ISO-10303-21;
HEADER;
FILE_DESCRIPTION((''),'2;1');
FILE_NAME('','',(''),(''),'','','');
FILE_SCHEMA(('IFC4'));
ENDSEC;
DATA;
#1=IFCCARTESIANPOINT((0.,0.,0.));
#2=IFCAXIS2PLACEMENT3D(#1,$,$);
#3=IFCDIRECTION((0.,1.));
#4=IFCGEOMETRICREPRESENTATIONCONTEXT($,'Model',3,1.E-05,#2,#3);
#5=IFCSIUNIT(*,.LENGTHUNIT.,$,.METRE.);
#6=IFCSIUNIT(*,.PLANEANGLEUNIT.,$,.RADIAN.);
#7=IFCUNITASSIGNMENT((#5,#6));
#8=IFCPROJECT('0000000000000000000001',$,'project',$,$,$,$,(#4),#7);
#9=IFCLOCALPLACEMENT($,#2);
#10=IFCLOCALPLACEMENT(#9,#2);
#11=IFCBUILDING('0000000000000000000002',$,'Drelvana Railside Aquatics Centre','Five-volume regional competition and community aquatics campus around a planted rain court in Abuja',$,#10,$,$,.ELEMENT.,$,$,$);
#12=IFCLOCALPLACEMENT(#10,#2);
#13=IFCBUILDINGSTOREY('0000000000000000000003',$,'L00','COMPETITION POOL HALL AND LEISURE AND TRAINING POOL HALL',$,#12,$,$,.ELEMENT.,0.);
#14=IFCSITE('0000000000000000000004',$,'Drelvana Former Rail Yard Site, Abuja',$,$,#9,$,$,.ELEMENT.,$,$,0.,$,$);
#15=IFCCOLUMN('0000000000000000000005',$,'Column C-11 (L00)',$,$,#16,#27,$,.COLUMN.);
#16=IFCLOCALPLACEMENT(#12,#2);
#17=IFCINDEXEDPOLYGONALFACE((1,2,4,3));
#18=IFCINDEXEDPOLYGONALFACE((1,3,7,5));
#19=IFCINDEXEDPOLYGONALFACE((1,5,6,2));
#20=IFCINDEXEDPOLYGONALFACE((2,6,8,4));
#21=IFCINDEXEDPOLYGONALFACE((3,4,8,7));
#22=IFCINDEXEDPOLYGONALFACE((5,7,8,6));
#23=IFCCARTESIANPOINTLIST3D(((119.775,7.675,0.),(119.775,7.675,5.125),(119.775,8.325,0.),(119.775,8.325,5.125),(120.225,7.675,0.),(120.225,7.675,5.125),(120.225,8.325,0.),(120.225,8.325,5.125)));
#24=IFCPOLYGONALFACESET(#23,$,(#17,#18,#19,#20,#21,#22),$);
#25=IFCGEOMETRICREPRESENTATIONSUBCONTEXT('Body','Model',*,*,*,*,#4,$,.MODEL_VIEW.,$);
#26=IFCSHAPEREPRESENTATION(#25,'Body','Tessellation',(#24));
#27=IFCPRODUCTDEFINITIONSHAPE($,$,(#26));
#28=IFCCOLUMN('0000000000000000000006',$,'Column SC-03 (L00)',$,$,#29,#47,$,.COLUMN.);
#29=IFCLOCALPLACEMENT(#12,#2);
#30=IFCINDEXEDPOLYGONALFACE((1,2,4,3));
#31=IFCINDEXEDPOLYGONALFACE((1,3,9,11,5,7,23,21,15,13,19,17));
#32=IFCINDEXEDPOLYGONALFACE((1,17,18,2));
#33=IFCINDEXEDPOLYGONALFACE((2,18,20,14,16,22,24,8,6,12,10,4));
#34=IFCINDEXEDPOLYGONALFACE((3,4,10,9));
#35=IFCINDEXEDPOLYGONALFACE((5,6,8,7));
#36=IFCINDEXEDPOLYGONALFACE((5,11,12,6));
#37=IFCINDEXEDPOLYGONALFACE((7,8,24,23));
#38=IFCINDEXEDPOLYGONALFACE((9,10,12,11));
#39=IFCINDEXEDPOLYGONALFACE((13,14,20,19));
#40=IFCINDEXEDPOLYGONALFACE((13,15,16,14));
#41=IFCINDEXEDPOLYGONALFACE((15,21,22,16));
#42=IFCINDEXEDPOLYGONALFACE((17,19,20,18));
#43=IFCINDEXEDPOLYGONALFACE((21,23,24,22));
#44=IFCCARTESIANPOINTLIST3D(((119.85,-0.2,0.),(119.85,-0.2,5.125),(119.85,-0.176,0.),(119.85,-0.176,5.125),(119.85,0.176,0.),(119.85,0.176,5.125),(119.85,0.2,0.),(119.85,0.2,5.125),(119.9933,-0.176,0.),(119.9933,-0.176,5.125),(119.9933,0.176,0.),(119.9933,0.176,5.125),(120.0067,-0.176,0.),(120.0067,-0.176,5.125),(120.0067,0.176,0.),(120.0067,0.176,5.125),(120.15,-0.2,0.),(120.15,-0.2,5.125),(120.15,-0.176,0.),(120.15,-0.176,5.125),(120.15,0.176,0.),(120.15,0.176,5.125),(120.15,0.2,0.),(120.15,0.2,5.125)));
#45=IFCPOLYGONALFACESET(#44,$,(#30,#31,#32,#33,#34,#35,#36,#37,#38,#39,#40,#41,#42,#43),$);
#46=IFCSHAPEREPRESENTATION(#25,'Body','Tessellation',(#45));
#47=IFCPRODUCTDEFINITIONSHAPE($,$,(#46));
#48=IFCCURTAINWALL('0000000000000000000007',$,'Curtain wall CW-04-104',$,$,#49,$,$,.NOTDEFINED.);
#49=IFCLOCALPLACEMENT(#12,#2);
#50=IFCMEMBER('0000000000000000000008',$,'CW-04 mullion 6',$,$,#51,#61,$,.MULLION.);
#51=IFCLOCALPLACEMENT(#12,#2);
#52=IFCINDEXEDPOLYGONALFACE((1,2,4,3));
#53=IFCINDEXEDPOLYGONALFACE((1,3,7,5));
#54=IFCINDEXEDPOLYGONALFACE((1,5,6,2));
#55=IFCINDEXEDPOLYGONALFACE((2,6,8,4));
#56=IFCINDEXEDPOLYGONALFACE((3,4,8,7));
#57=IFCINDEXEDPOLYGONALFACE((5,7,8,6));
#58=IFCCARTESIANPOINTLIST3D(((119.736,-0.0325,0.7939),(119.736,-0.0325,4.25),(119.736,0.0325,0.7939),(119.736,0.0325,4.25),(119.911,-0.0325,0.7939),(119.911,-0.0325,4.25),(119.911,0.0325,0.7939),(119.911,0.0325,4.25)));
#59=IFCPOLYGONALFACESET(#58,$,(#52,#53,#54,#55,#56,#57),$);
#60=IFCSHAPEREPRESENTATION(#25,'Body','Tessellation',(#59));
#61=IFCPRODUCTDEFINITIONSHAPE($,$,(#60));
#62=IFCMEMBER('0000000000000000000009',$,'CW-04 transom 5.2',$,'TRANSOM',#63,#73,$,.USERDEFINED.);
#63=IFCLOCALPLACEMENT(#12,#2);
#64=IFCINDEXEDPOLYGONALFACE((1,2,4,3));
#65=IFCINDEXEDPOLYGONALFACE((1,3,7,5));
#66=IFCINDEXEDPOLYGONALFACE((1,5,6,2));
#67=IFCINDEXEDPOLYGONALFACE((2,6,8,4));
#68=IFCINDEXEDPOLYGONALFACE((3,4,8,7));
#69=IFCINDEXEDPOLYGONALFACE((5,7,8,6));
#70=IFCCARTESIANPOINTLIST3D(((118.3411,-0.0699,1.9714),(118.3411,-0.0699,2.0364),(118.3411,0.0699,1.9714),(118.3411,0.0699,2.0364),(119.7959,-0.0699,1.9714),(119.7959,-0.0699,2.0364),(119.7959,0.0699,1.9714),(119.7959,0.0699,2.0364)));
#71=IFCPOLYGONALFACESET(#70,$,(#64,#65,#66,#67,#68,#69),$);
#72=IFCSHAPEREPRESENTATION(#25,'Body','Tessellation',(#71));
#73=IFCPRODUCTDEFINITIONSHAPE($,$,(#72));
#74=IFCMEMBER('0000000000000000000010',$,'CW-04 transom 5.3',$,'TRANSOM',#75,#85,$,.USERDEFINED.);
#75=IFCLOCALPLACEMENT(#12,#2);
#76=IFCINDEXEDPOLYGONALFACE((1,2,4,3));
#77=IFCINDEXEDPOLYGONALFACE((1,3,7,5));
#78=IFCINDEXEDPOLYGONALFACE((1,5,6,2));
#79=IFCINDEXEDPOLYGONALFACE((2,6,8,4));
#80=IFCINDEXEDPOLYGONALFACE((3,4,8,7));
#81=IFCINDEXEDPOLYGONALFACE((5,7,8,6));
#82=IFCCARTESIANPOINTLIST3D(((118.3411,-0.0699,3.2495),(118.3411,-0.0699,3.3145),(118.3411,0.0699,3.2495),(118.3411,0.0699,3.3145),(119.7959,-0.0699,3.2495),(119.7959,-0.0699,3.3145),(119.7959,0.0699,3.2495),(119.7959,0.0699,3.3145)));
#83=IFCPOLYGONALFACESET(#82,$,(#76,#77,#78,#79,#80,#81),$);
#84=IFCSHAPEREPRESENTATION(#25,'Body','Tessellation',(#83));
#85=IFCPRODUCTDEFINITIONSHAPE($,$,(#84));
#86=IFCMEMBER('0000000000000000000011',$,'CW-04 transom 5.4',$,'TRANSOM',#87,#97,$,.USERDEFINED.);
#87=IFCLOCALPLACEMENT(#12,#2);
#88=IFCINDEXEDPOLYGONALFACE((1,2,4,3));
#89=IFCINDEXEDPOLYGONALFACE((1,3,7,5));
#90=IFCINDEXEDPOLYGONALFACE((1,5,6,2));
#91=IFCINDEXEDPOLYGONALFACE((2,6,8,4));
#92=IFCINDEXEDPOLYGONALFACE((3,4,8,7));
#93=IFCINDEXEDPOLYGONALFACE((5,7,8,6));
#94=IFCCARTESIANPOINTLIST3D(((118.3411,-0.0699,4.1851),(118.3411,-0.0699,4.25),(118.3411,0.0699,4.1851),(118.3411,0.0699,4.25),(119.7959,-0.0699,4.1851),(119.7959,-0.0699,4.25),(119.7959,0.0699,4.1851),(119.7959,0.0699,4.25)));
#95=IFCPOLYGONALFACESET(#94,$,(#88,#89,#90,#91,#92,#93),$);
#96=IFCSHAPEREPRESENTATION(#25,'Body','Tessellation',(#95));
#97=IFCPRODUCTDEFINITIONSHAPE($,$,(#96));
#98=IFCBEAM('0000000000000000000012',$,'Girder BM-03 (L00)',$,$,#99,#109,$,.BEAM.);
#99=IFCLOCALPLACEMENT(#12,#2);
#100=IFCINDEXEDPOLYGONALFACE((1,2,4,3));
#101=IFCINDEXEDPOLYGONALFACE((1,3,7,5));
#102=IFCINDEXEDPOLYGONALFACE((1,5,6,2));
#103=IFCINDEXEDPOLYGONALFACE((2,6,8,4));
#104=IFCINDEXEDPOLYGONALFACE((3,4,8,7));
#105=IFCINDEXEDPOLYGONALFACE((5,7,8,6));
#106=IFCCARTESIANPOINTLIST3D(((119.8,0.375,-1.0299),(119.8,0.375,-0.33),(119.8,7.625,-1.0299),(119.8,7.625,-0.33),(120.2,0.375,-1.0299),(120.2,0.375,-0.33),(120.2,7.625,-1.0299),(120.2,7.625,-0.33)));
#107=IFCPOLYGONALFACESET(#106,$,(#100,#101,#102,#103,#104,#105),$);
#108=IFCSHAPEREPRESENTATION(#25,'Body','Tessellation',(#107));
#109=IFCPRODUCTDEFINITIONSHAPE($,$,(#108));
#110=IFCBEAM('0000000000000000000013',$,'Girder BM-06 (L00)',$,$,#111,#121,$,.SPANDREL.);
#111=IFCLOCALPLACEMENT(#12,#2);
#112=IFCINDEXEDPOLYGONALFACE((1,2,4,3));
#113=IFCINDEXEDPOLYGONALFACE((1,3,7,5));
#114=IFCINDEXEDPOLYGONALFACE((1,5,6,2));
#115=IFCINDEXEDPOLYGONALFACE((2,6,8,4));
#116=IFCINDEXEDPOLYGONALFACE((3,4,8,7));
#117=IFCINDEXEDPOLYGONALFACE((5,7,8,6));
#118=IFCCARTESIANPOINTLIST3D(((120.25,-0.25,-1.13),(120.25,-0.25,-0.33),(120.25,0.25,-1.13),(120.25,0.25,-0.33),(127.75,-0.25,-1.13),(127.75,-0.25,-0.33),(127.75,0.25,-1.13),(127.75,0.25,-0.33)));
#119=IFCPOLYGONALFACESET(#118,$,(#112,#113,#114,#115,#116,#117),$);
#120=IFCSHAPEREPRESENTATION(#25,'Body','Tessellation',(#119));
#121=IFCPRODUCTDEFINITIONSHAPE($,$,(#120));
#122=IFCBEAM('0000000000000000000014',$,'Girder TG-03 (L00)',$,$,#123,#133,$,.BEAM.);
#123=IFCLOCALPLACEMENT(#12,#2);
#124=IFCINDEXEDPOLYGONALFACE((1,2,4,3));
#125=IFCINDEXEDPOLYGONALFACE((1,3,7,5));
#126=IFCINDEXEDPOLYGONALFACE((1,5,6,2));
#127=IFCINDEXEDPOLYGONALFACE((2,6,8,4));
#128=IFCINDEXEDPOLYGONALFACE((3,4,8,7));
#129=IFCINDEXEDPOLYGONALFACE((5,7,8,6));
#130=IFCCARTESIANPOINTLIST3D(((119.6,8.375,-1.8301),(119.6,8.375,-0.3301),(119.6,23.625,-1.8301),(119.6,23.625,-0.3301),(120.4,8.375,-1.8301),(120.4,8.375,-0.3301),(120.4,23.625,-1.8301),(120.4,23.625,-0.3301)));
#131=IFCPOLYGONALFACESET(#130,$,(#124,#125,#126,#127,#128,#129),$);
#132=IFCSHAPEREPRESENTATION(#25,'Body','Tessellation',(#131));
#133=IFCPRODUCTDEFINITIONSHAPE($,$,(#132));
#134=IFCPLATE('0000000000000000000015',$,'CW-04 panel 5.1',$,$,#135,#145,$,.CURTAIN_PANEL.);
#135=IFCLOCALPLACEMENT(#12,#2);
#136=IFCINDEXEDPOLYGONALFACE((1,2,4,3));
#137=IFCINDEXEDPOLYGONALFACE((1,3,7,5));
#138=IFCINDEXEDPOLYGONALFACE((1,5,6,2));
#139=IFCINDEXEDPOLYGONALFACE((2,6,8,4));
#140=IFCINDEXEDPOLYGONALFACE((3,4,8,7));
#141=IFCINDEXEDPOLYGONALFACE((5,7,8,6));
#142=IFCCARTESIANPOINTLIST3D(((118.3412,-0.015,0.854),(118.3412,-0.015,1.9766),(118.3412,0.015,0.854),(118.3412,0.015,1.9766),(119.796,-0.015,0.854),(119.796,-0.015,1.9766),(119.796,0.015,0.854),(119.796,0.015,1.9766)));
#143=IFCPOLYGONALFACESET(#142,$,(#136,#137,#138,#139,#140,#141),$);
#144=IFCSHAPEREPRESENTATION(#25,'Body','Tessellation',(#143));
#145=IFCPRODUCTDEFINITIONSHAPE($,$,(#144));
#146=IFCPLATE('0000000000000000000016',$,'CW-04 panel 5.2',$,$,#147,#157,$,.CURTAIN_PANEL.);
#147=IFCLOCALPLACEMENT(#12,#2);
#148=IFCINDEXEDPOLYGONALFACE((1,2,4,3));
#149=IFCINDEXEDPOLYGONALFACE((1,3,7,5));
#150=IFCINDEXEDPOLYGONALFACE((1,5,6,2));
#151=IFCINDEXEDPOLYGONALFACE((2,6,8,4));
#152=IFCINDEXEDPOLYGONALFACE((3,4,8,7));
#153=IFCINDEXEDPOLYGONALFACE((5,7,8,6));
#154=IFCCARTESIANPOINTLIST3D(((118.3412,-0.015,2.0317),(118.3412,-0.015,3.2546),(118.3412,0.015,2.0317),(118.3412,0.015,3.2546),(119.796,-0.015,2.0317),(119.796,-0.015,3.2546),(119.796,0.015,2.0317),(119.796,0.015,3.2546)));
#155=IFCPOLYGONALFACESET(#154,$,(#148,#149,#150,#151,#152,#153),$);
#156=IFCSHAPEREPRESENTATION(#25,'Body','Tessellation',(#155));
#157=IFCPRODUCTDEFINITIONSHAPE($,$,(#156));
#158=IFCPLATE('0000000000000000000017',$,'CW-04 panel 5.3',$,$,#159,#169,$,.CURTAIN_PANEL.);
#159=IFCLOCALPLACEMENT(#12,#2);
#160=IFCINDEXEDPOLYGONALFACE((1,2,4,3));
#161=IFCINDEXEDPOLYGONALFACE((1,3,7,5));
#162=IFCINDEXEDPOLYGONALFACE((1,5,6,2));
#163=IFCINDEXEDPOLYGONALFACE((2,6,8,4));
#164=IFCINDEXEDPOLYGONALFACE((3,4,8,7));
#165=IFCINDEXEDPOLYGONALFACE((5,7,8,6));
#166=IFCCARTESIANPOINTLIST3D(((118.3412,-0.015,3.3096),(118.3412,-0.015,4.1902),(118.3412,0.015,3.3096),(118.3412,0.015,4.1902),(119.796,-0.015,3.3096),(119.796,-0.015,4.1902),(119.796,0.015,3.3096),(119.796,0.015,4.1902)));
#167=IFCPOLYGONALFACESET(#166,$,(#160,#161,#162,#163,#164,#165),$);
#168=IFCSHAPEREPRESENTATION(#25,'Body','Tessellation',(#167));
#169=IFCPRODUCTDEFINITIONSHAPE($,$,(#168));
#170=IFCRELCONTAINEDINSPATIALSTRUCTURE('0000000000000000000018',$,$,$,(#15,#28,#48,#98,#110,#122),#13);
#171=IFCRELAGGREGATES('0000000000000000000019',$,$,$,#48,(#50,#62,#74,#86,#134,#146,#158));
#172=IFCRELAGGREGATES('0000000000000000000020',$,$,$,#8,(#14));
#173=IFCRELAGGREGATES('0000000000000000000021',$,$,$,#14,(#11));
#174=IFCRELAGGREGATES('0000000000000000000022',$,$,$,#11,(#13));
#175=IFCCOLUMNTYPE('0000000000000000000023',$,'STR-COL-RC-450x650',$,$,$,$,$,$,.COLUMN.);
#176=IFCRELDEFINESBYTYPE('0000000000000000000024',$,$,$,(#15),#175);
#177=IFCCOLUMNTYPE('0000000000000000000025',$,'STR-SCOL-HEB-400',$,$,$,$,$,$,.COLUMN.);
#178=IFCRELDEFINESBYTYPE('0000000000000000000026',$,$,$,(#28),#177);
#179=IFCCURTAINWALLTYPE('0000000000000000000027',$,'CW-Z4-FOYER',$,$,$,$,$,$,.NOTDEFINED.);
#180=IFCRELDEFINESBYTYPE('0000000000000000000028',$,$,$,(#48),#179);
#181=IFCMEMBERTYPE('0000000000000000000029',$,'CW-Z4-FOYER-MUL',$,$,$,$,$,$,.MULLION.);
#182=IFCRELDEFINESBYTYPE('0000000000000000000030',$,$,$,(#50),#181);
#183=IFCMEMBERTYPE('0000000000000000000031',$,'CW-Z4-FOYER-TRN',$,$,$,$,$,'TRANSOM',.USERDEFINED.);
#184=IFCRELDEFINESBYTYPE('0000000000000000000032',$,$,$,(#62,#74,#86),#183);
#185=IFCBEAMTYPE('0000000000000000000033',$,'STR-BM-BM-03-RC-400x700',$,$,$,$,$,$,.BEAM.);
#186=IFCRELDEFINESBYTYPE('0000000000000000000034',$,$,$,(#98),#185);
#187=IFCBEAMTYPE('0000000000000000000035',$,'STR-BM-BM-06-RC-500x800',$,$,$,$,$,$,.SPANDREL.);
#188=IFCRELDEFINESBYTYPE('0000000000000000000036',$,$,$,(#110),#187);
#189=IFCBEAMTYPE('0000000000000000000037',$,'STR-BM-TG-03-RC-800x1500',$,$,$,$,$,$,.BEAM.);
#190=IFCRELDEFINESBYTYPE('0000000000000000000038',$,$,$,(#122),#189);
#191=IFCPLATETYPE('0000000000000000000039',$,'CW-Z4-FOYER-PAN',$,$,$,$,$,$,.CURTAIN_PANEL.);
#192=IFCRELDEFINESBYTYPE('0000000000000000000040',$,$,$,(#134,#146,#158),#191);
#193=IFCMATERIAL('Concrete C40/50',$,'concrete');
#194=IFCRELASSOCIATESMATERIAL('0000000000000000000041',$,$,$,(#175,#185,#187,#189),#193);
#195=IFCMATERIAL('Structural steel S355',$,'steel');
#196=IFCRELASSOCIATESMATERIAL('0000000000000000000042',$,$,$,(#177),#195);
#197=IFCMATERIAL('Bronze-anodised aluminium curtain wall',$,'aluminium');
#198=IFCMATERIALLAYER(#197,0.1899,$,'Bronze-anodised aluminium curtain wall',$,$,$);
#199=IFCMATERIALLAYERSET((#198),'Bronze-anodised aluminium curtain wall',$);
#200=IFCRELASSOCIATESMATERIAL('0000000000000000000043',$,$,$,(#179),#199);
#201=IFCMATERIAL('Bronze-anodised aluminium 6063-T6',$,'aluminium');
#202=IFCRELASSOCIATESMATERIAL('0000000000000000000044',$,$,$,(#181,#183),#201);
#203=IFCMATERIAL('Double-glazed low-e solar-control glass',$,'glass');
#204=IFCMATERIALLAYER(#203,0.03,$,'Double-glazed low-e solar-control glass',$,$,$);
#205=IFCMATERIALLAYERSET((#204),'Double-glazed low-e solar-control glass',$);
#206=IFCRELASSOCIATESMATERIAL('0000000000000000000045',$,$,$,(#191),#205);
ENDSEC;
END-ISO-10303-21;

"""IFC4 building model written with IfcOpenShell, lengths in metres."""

from ifc_helpers import new_model, si_unit, direction, frame, origin, origin_2d, place, context, subcontext, project, spatial, rectangle, i_section, extrude, material, layer, layer_set, material_profile, profile_set, type_object, element, aggregate, save


model = new_model("IFC4")

# Units and contexts
model_context = context("Model", 3, precision=1e-05, world=origin(), true_north=direction((0.0, 1.0)))
body_context = subcontext(model_context, "Body", "Model", "MODEL_VIEW")
ifc_project = project(units=[si_unit("LENGTHUNIT", "METRE"), si_unit("PLANEANGLEUNIT", "RADIAN")], contexts=[model_context])

# Site, building, storey
site_placement = place(None, origin())
site = spatial("IfcSite", under=ifc_project, at=site_placement, Name="Drelvana Former Rail Yard Site, Abuja", CompositionType="ELEMENT", RefElevation=0.0)
building_placement = place(site_placement, origin())
building = spatial("IfcBuilding", under=site, at=building_placement, Name="Drelvana Railside Aquatics Centre", Description="Five-volume regional competition and community aquatics campus around a planted rain court in Abuja", CompositionType="ELEMENT")
storey_placement = place(building_placement, origin())
storey = spatial("IfcBuildingStorey", under=building, at=storey_placement, Name="L00", Description="COMPETITION POOL HALL AND LEISURE AND TRAINING POOL HALL", CompositionType="ELEMENT", Elevation=0.0)

# Columns
ifc_material_1 = material(Name="Concrete C40/50", Category="concrete")
ifc_material_profile_1 = material_profile(ifc_material_1, rectangle(XDim=0.45, YDim=0.6499, at=origin_2d()), Name="RC 450x650")
ifc_profile_set_1 = profile_set([ifc_material_profile_1], Name="Concrete C40/50")
column_type_1 = type_object("IfcColumnType", Name="STR-COL-RC-450x650", PredefinedType="COLUMN", material=ifc_profile_set_1)
column_1_placement = place(storey_placement, frame((120.0, 8.0, 0.0), z_axis=(0.0, 0.0, 1.0), x_axis=(1.0, 0.0, 0.0)))
element("IfcColumn", 1, at=column_1_placement, inside=storey, type_object=column_type_1, Name="Column C-11 (L00)", PredefinedType="COLUMN", context=body_context, shape_type="SweptSolid", body=[
    extrude(rectangle(XDim=0.45, YDim=0.6499, at=origin_2d()), origin(), (0.0, 0.0, 1.0), 5.125),
])
ifc_material_2 = material(Name="Structural steel S355", Category="steel")
ifc_material_profile_2 = material_profile(ifc_material_2, i_section(OverallWidth=0.3, OverallDepth=0.3999, WebThickness=0.0134, FlangeThickness=0.0239, at=origin_2d()), Name="HEB 400")
ifc_profile_set_2 = profile_set([ifc_material_profile_2], Name="Structural steel S355")
column_type_2 = type_object("IfcColumnType", Name="STR-SCOL-HEB-400", PredefinedType="COLUMN", material=ifc_profile_set_2)
column_2_placement = place(storey_placement, frame((120.0, 0.0, 0.0), z_axis=(0.0, 0.0, 1.0), x_axis=(1.0, 0.0, 0.0)))
element("IfcColumn", 2, at=column_2_placement, inside=storey, type_object=column_type_2, Name="Column SC-03 (L00)", PredefinedType="COLUMN", context=body_context, shape_type="SweptSolid", body=[
    extrude(i_section(OverallWidth=0.3, OverallDepth=0.3999, WebThickness=0.0134, FlangeThickness=0.0239, at=origin_2d()), origin(), (0.0, 0.0, 1.0), 5.125),
])

# Curtain wall, members
ifc_material_3 = material(Name="Bronze-anodised aluminium curtain wall", Category="aluminium")
ifc_layer_1 = layer(ifc_material_3, 0.1899, Name="Bronze-anodised aluminium curtain wall")
ifc_layer_set_1 = layer_set([ifc_layer_1], Name="Bronze-anodised aluminium curtain wall")
curtain_wall_type = type_object("IfcCurtainWallType", Name="CW-Z4-FOYER", PredefinedType="NOTDEFINED", material=ifc_layer_set_1)
curtain_wall_placement = place(storey_placement, origin())
curtain_wall = element("IfcCurtainWall", 3, at=curtain_wall_placement, inside=storey, type_object=curtain_wall_type, Name="Curtain wall CW-04-104", PredefinedType="NOTDEFINED")
ifc_material_4 = material(Name="Bronze-anodised aluminium 6063-T6", Category="aluminium")
ifc_material_profile_3 = material_profile(ifc_material_4, rectangle(XDim=0.0649, YDim=0.175, at=origin_2d()), Name="ALU-M 65x175")
ifc_profile_set_3 = profile_set([ifc_material_profile_3], Name="Bronze-anodised aluminium 6063-T6")
member_type_1 = type_object("IfcMemberType", Name="CW-Z4-FOYER-MUL", PredefinedType="MULLION", material=ifc_profile_set_3)
member_1_placement = place(storey_placement, frame((119.8235, 0.0, 0.7939), z_axis=(0.0, 0.0, 1.0), x_axis=(0.0, 1.0, 0.0)))
member_1 = element("IfcMember", 4, at=member_1_placement, type_object=member_type_1, Name="CW-04 mullion 6", PredefinedType="MULLION", context=body_context, shape_type="SweptSolid", body=[
    extrude(rectangle(XDim=0.0649, YDim=0.175, at=origin_2d()), origin(), (0.0, 0.0, 1.0), 3.4561),
])
ifc_material_profile_4 = material_profile(ifc_material_4, rectangle(XDim=0.1399, YDim=0.0649, at=origin_2d()), Name="ALU-T 65x140")
ifc_profile_set_4 = profile_set([ifc_material_profile_4], Name="Bronze-anodised aluminium 6063-T6")
member_type_2 = type_object("IfcMemberType", Name="CW-Z4-FOYER-TRN", ElementType="TRANSOM", PredefinedType="USERDEFINED", material=ifc_profile_set_4)
member_2_placement = place(storey_placement, frame((118.3411, 0.0, 2.0039), z_axis=(1.0, 0.0, 0.0), x_axis=(0.0, 1.0, 0.0)))
member_2 = element("IfcMember", 5, at=member_2_placement, type_object=member_type_2, Name="CW-04 transom 5.2", ObjectType="TRANSOM", PredefinedType="USERDEFINED", context=body_context, shape_type="SweptSolid", body=[
    extrude(rectangle(XDim=0.1399, YDim=0.0649, at=origin_2d()), origin(), (0.0, 0.0, 1.0), 1.4548),
])
member_3_placement = place(storey_placement, frame((118.3411, 0.0, 3.282), z_axis=(1.0, 0.0, 0.0), x_axis=(0.0, 1.0, 0.0)))
member_3 = element("IfcMember", 6, at=member_3_placement, type_object=member_type_2, Name="CW-04 transom 5.3", ObjectType="TRANSOM", PredefinedType="USERDEFINED", context=body_context, shape_type="SweptSolid", body=[
    extrude(rectangle(XDim=0.1399, YDim=0.0649, at=origin_2d()), origin(), (0.0, 0.0, 1.0), 1.4548),
])
member_4_placement = place(storey_placement, frame((118.3411, 0.0, 4.2175), z_axis=(1.0, 0.0, 0.0), x_axis=(0.0, 1.0, 0.0)))
member_4 = element("IfcMember", 7, at=member_4_placement, type_object=member_type_2, Name="CW-04 transom 5.4", ObjectType="TRANSOM", PredefinedType="USERDEFINED", context=body_context, shape_type="SweptSolid", body=[
    extrude(rectangle(XDim=0.1399, YDim=0.0649, at=origin_2d()), origin(), (0.0, 0.0, 1.0), 1.4548),
])

# Beams
ifc_material_profile_5 = material_profile(ifc_material_1, rectangle(XDim=0.3999, YDim=0.7, at=origin_2d()), Name="RC 400x700")
ifc_profile_set_5 = profile_set([ifc_material_profile_5], Name="Concrete C40/50")
beam_type_1 = type_object("IfcBeamType", Name="STR-BM-BM-03-RC-400x700", PredefinedType="BEAM", material=ifc_profile_set_5)
beam_1_placement = place(storey_placement, frame((120.0, 0.375, -0.6799), z_axis=(0.0, 1.0, 0.0), x_axis=(-1.0, 0.0, 0.0)))
element("IfcBeam", 8, at=beam_1_placement, inside=storey, type_object=beam_type_1, Name="Girder BM-03 (L00)", PredefinedType="BEAM", context=body_context, shape_type="SweptSolid", body=[
    extrude(rectangle(XDim=0.3999, YDim=0.7, at=origin_2d()), origin(), (0.0, 0.0, 1.0), 7.25),
])
ifc_material_profile_6 = material_profile(ifc_material_1, rectangle(XDim=0.5, YDim=0.8, at=origin_2d()), Name="RC 500x800")
ifc_profile_set_6 = profile_set([ifc_material_profile_6], Name="Concrete C40/50")
beam_type_2 = type_object("IfcBeamType", Name="STR-BM-BM-06-RC-500x800", PredefinedType="SPANDREL", material=ifc_profile_set_6)
beam_2_placement = place(storey_placement, frame((120.25, 0.0, -0.73), z_axis=(1.0, 0.0, 0.0), x_axis=(0.0, 1.0, 0.0)))
element("IfcBeam", 9, at=beam_2_placement, inside=storey, type_object=beam_type_2, Name="Girder BM-06 (L00)", PredefinedType="SPANDREL", context=body_context, shape_type="SweptSolid", body=[
    extrude(rectangle(XDim=0.5, YDim=0.8, at=origin_2d()), origin(), (0.0, 0.0, 1.0), 7.5),
])
ifc_material_profile_7 = material_profile(ifc_material_1, rectangle(XDim=0.8, YDim=1.5, at=origin_2d()), Name="RC 800x1500")
ifc_profile_set_7 = profile_set([ifc_material_profile_7], Name="Concrete C40/50")
beam_type_3 = type_object("IfcBeamType", Name="STR-BM-TG-03-RC-800x1500", PredefinedType="BEAM", material=ifc_profile_set_7)
beam_3_placement = place(storey_placement, frame((120.0, 8.375, -1.0801), z_axis=(0.0, 1.0, 0.0), x_axis=(-1.0, 0.0, 0.0)))
element("IfcBeam", 10, at=beam_3_placement, inside=storey, type_object=beam_type_3, Name="Girder TG-03 (L00)", PredefinedType="BEAM", context=body_context, shape_type="SweptSolid", body=[
    extrude(rectangle(XDim=0.8, YDim=1.5, at=origin_2d()), origin(), (0.0, 0.0, 1.0), 15.25),
])

# Plates
ifc_material_5 = material(Name="Double-glazed low-e solar-control glass", Category="glass")
ifc_layer_2 = layer(ifc_material_5, 0.03, Name="Double-glazed low-e solar-control glass")
ifc_layer_set_2 = layer_set([ifc_layer_2], Name="Double-glazed low-e solar-control glass")
plate_type = type_object("IfcPlateType", Name="CW-Z4-FOYER-PAN", PredefinedType="CURTAIN_PANEL", material=ifc_layer_set_2)
plate_1_placement = place(storey_placement, frame((119.0686, 0.0, 0.854), z_axis=(0.0, 0.0, 1.0), x_axis=(1.0, 0.0, 0.0)))
plate_1 = element("IfcPlate", 11, at=plate_1_placement, type_object=plate_type, Name="CW-04 panel 5.1", PredefinedType="CURTAIN_PANEL", context=body_context, shape_type="SweptSolid", body=[
    extrude(rectangle(XDim=1.4548, YDim=0.03, at=origin_2d()), origin(), (0.0, 0.0, 1.0), 1.1226),
])
plate_2_placement = place(storey_placement, frame((119.0686, 0.0, 2.0317), z_axis=(0.0, 0.0, 1.0), x_axis=(1.0, 0.0, 0.0)))
plate_2 = element("IfcPlate", 12, at=plate_2_placement, type_object=plate_type, Name="CW-04 panel 5.2", PredefinedType="CURTAIN_PANEL", context=body_context, shape_type="SweptSolid", body=[
    extrude(rectangle(XDim=1.4548, YDim=0.03, at=origin_2d()), origin(), (0.0, 0.0, 1.0), 1.2229),
])
plate_3_placement = place(storey_placement, frame((119.0686, 0.0, 3.3096), z_axis=(0.0, 0.0, 1.0), x_axis=(1.0, 0.0, 0.0)))
plate_3 = element("IfcPlate", 13, at=plate_3_placement, type_object=plate_type, Name="CW-04 panel 5.3", PredefinedType="CURTAIN_PANEL", context=body_context, shape_type="SweptSolid", body=[
    extrude(rectangle(XDim=1.4548, YDim=0.03, at=origin_2d()), origin(), (0.0, 0.0, 1.0), 0.8806),
])
aggregate(curtain_wall, [member_1, member_2, member_3, member_4, plate_1, plate_2, plate_3])

save(model, "model.ifc")
